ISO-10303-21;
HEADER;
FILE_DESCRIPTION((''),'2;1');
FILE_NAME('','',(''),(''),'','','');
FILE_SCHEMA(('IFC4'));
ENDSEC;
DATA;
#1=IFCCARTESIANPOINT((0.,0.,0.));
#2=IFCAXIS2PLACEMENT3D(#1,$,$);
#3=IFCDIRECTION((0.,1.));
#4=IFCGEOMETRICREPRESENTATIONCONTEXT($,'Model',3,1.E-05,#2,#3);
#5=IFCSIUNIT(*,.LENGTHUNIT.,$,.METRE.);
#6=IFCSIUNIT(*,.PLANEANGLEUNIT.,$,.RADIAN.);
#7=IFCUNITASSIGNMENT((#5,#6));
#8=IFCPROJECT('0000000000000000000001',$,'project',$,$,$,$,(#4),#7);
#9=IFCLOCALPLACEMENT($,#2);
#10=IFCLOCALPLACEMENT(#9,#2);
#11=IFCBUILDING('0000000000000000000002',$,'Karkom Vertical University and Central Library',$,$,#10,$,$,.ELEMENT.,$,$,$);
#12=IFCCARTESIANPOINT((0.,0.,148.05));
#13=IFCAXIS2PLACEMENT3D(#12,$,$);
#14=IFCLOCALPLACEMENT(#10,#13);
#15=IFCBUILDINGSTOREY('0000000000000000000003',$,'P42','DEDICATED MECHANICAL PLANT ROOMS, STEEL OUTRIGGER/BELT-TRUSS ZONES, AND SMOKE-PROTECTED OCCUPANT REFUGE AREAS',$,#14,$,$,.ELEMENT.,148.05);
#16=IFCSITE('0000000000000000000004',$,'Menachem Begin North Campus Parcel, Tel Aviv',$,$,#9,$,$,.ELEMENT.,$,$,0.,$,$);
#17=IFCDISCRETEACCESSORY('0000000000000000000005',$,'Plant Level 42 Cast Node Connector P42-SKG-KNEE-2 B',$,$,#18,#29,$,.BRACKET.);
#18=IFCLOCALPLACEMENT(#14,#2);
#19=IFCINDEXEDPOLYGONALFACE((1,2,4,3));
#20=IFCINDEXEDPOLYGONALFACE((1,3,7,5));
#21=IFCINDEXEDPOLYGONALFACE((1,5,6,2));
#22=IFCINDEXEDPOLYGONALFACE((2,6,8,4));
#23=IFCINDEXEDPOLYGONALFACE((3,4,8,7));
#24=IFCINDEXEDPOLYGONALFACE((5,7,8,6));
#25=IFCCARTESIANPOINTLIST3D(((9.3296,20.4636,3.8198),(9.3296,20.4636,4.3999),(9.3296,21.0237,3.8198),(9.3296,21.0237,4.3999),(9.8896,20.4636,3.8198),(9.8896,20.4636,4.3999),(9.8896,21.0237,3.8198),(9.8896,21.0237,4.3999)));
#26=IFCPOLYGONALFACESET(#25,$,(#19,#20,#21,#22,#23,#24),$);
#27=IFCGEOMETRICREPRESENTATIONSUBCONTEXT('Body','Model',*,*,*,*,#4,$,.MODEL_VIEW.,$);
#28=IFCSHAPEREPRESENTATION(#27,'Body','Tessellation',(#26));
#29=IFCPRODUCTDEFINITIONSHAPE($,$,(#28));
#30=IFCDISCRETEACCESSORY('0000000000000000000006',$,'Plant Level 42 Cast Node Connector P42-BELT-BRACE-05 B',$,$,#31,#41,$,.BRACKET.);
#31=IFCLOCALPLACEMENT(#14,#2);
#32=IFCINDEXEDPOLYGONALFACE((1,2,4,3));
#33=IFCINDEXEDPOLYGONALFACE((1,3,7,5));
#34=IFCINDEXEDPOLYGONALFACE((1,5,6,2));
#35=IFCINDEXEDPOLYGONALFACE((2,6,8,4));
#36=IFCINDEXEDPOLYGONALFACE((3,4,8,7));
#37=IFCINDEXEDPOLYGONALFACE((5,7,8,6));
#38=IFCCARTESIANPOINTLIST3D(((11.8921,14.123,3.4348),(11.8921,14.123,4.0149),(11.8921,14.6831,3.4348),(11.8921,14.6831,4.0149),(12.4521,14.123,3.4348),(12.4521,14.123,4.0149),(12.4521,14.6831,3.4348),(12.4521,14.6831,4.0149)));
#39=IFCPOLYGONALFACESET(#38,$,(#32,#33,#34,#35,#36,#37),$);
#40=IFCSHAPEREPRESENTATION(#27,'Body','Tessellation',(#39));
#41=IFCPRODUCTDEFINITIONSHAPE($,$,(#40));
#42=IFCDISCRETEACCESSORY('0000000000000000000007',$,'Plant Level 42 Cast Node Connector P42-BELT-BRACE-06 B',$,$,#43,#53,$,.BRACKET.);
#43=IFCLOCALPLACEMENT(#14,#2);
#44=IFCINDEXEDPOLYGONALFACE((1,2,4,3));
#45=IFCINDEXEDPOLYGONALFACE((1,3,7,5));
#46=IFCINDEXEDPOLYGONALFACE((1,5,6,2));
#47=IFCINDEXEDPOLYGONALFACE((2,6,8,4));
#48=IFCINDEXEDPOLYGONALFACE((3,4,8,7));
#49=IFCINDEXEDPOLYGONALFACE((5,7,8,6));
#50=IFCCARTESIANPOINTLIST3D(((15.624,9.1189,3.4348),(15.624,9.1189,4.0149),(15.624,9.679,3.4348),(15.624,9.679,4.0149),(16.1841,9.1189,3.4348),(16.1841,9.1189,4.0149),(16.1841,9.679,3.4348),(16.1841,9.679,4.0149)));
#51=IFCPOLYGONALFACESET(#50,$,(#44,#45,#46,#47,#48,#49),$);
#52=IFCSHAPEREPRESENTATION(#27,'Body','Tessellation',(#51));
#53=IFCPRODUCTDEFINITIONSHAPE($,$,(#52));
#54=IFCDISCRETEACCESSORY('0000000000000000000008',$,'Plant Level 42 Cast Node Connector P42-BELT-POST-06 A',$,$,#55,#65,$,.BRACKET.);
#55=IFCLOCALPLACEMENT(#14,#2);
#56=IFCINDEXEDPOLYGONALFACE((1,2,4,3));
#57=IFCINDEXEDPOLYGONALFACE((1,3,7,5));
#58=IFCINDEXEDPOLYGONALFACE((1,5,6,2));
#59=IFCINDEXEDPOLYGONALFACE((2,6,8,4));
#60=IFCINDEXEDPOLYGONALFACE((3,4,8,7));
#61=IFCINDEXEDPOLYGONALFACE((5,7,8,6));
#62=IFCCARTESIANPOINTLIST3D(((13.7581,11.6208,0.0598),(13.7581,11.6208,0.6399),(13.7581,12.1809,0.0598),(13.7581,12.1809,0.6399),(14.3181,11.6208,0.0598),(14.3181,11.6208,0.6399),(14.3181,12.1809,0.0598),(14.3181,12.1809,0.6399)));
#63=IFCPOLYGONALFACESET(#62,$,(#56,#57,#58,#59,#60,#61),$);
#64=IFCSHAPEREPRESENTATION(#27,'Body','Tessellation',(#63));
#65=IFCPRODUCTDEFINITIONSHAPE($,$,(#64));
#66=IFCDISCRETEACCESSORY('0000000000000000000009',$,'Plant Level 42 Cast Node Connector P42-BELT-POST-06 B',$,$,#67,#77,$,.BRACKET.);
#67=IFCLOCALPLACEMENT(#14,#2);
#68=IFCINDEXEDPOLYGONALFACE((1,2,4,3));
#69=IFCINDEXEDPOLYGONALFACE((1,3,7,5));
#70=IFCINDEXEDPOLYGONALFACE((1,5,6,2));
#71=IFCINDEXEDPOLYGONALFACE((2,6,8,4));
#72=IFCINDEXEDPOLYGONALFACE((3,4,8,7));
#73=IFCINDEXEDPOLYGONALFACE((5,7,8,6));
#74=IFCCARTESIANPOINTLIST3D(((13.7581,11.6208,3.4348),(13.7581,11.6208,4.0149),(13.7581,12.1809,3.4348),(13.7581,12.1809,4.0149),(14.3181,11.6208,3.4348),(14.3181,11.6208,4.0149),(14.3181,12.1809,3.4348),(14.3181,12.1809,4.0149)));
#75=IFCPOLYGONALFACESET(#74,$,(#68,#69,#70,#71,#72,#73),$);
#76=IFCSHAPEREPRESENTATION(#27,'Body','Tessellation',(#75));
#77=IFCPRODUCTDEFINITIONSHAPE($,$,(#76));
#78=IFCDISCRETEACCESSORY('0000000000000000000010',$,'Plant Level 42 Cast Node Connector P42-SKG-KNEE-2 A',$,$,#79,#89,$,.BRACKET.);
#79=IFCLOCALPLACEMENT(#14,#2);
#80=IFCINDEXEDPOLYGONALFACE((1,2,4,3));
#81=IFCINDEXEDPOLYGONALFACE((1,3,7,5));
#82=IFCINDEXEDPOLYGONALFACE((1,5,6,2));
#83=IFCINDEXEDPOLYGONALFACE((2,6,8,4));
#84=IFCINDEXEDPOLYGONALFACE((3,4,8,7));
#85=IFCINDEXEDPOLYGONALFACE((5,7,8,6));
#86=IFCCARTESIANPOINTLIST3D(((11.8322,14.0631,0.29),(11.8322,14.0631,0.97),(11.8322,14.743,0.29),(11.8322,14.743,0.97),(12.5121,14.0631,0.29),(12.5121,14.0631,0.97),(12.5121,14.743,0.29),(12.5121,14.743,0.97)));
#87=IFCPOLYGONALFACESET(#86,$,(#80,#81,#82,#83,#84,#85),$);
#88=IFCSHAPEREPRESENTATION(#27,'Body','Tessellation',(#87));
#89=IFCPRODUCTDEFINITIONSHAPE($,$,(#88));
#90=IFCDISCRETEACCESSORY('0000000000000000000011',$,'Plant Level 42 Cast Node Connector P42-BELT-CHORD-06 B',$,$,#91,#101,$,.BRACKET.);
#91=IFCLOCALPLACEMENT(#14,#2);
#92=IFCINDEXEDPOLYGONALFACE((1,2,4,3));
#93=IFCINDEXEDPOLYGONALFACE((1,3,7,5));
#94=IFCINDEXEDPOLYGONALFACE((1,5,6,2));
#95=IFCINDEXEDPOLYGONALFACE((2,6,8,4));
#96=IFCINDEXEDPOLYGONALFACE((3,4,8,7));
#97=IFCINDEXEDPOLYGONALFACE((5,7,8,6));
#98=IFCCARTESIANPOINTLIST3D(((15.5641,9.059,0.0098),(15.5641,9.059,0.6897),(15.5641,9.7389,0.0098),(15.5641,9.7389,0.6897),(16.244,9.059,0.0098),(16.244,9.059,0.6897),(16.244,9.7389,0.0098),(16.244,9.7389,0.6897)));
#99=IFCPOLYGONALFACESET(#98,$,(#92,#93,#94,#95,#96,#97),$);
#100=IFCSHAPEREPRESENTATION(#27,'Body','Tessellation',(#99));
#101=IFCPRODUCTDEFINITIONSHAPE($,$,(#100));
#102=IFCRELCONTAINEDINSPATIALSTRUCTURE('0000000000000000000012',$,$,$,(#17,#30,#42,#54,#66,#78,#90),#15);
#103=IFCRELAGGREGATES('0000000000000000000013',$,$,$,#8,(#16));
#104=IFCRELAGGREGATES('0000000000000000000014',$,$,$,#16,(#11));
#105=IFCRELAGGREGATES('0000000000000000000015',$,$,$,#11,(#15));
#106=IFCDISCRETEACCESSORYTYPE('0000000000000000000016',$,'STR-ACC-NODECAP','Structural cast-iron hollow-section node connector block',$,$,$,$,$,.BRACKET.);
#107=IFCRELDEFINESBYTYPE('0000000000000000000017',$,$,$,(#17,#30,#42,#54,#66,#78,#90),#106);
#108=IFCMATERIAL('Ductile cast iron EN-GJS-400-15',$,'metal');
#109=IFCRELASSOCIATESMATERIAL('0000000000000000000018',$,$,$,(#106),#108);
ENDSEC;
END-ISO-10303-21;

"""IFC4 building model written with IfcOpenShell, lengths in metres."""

from ifc_helpers import new_model, si_unit, direction, frame, origin, origin_with_axes, origin_2d, place, context, subcontext, project, spatial, rectangle, extrude, source, transform, mapped, material, type_object, element, save


model = new_model("IFC4")

# Units and contexts
model_context = context("Model", 3, precision=1e-05, world=origin(), true_north=direction((0.0, 1.0)))
body_context = subcontext(model_context, "Body", "Model", "MODEL_VIEW")
ifc_project = project(units=[si_unit("LENGTHUNIT", "METRE"), si_unit("PLANEANGLEUNIT", "RADIAN")], contexts=[model_context])

# Site, building, storey
site_placement = place(None, origin())
site = spatial("IfcSite", under=ifc_project, at=site_placement, Name="Menachem Begin North Campus Parcel, Tel Aviv", CompositionType="ELEMENT", RefElevation=0.0)
building_placement = place(site_placement, origin())
building = spatial("IfcBuilding", under=site, at=building_placement, Name="Karkom Vertical University and Central Library", CompositionType="ELEMENT")
storey_placement = place(building_placement, frame((0.0, 0.0, 148.05)))
storey = spatial("IfcBuildingStorey", under=building, at=storey_placement, Name="P42", Description="DEDICATED MECHANICAL PLANT ROOMS, STEEL OUTRIGGER/BELT-TRUSS ZONES, AND SMOKE-PROTECTED OCCUPANT REFUGE AREAS", CompositionType="ELEMENT", Elevation=148.05)

# Discrete accessories
ifc_material_1 = material(Name="Ductile cast iron EN-GJS-400-15", Category="metal")
discrete_accessory_type = type_object("IfcDiscreteAccessoryType", Name="STR-ACC-NODECAP", Description="Structural cast-iron hollow-section node connector block", PredefinedType="BRACKET", material=ifc_material_1)
shared_shape_1 = source(origin_with_axes(), body_context, "Body", "SweptSolid", [
    extrude(rectangle(XDim=0.5601, YDim=0.5601, at=origin_2d()), origin(), (0.0, 0.0, 1.0), 0.5801),
])
for number, where, z_axis, x_axis, name in (
    (1, (9.6096, 20.7437, 3.8198), (0.0, 0.0, 1.0), (1.0, 0.0, 0.0), "Plant Level 42 Cast Node Connector P42-SKG-KNEE-2 B"),
    (2, (12.1721, 14.4031, 3.4348), (0.0, 0.0, 1.0), (1.0, 0.0, 0.0), "Plant Level 42 Cast Node Connector P42-BELT-BRACE-05 B"),
    (3, (15.9041, 9.3989, 3.4348), (0.0, 0.0, 1.0), (1.0, 0.0, 0.0), "Plant Level 42 Cast Node Connector P42-BELT-BRACE-06 B"),
    (4, (14.0381, 11.9009, 0.0598), (0.0, 0.0, 1.0), (1.0, 0.0, 0.0), "Plant Level 42 Cast Node Connector P42-BELT-POST-06 A"),
    (5, (14.0381, 11.9009, 3.4348), (0.0, 0.0, 1.0), (1.0, 0.0, 0.0), "Plant Level 42 Cast Node Connector P42-BELT-POST-06 B"),
):
    element("IfcDiscreteAccessory", number, at=place(storey_placement, frame(where, z_axis=z_axis, x_axis=x_axis)), inside=storey, type_object=discrete_accessory_type, Name=name, PredefinedType="BRACKET", context=body_context, shape_type="MappedRepresentation", body=[
        mapped(shared_shape_1, transform((0.0, 0.0, 0.0), scale=1.0)),
    ])
shared_shape_2 = source(origin_with_axes(), body_context, "Body", "SweptSolid", [
    extrude(rectangle(XDim=0.6799, YDim=0.6799, at=origin_2d()), origin(), (0.0, 0.0, 1.0), 0.6799),
])
for number, where, z_axis, x_axis, name in (
    (6, (12.1721, 14.4031, 0.29), (0.0, 0.0, 1.0), (1.0, 0.0, 0.0), "Plant Level 42 Cast Node Connector P42-SKG-KNEE-2 A"),
    (7, (15.9041, 9.3989, 0.0098), (0.0, 0.0, 1.0), (1.0, 0.0, 0.0), "Plant Level 42 Cast Node Connector P42-BELT-CHORD-06 B"),
):
    element("IfcDiscreteAccessory", number, at=place(storey_placement, frame(where, z_axis=z_axis, x_axis=x_axis)), inside=storey, type_object=discrete_accessory_type, Name=name, PredefinedType="BRACKET", context=body_context, shape_type="MappedRepresentation", body=[
        mapped(shared_shape_2, transform((0.0, 0.0, 0.0), scale=1.0)),
    ])

save(model, "model.ifc")
